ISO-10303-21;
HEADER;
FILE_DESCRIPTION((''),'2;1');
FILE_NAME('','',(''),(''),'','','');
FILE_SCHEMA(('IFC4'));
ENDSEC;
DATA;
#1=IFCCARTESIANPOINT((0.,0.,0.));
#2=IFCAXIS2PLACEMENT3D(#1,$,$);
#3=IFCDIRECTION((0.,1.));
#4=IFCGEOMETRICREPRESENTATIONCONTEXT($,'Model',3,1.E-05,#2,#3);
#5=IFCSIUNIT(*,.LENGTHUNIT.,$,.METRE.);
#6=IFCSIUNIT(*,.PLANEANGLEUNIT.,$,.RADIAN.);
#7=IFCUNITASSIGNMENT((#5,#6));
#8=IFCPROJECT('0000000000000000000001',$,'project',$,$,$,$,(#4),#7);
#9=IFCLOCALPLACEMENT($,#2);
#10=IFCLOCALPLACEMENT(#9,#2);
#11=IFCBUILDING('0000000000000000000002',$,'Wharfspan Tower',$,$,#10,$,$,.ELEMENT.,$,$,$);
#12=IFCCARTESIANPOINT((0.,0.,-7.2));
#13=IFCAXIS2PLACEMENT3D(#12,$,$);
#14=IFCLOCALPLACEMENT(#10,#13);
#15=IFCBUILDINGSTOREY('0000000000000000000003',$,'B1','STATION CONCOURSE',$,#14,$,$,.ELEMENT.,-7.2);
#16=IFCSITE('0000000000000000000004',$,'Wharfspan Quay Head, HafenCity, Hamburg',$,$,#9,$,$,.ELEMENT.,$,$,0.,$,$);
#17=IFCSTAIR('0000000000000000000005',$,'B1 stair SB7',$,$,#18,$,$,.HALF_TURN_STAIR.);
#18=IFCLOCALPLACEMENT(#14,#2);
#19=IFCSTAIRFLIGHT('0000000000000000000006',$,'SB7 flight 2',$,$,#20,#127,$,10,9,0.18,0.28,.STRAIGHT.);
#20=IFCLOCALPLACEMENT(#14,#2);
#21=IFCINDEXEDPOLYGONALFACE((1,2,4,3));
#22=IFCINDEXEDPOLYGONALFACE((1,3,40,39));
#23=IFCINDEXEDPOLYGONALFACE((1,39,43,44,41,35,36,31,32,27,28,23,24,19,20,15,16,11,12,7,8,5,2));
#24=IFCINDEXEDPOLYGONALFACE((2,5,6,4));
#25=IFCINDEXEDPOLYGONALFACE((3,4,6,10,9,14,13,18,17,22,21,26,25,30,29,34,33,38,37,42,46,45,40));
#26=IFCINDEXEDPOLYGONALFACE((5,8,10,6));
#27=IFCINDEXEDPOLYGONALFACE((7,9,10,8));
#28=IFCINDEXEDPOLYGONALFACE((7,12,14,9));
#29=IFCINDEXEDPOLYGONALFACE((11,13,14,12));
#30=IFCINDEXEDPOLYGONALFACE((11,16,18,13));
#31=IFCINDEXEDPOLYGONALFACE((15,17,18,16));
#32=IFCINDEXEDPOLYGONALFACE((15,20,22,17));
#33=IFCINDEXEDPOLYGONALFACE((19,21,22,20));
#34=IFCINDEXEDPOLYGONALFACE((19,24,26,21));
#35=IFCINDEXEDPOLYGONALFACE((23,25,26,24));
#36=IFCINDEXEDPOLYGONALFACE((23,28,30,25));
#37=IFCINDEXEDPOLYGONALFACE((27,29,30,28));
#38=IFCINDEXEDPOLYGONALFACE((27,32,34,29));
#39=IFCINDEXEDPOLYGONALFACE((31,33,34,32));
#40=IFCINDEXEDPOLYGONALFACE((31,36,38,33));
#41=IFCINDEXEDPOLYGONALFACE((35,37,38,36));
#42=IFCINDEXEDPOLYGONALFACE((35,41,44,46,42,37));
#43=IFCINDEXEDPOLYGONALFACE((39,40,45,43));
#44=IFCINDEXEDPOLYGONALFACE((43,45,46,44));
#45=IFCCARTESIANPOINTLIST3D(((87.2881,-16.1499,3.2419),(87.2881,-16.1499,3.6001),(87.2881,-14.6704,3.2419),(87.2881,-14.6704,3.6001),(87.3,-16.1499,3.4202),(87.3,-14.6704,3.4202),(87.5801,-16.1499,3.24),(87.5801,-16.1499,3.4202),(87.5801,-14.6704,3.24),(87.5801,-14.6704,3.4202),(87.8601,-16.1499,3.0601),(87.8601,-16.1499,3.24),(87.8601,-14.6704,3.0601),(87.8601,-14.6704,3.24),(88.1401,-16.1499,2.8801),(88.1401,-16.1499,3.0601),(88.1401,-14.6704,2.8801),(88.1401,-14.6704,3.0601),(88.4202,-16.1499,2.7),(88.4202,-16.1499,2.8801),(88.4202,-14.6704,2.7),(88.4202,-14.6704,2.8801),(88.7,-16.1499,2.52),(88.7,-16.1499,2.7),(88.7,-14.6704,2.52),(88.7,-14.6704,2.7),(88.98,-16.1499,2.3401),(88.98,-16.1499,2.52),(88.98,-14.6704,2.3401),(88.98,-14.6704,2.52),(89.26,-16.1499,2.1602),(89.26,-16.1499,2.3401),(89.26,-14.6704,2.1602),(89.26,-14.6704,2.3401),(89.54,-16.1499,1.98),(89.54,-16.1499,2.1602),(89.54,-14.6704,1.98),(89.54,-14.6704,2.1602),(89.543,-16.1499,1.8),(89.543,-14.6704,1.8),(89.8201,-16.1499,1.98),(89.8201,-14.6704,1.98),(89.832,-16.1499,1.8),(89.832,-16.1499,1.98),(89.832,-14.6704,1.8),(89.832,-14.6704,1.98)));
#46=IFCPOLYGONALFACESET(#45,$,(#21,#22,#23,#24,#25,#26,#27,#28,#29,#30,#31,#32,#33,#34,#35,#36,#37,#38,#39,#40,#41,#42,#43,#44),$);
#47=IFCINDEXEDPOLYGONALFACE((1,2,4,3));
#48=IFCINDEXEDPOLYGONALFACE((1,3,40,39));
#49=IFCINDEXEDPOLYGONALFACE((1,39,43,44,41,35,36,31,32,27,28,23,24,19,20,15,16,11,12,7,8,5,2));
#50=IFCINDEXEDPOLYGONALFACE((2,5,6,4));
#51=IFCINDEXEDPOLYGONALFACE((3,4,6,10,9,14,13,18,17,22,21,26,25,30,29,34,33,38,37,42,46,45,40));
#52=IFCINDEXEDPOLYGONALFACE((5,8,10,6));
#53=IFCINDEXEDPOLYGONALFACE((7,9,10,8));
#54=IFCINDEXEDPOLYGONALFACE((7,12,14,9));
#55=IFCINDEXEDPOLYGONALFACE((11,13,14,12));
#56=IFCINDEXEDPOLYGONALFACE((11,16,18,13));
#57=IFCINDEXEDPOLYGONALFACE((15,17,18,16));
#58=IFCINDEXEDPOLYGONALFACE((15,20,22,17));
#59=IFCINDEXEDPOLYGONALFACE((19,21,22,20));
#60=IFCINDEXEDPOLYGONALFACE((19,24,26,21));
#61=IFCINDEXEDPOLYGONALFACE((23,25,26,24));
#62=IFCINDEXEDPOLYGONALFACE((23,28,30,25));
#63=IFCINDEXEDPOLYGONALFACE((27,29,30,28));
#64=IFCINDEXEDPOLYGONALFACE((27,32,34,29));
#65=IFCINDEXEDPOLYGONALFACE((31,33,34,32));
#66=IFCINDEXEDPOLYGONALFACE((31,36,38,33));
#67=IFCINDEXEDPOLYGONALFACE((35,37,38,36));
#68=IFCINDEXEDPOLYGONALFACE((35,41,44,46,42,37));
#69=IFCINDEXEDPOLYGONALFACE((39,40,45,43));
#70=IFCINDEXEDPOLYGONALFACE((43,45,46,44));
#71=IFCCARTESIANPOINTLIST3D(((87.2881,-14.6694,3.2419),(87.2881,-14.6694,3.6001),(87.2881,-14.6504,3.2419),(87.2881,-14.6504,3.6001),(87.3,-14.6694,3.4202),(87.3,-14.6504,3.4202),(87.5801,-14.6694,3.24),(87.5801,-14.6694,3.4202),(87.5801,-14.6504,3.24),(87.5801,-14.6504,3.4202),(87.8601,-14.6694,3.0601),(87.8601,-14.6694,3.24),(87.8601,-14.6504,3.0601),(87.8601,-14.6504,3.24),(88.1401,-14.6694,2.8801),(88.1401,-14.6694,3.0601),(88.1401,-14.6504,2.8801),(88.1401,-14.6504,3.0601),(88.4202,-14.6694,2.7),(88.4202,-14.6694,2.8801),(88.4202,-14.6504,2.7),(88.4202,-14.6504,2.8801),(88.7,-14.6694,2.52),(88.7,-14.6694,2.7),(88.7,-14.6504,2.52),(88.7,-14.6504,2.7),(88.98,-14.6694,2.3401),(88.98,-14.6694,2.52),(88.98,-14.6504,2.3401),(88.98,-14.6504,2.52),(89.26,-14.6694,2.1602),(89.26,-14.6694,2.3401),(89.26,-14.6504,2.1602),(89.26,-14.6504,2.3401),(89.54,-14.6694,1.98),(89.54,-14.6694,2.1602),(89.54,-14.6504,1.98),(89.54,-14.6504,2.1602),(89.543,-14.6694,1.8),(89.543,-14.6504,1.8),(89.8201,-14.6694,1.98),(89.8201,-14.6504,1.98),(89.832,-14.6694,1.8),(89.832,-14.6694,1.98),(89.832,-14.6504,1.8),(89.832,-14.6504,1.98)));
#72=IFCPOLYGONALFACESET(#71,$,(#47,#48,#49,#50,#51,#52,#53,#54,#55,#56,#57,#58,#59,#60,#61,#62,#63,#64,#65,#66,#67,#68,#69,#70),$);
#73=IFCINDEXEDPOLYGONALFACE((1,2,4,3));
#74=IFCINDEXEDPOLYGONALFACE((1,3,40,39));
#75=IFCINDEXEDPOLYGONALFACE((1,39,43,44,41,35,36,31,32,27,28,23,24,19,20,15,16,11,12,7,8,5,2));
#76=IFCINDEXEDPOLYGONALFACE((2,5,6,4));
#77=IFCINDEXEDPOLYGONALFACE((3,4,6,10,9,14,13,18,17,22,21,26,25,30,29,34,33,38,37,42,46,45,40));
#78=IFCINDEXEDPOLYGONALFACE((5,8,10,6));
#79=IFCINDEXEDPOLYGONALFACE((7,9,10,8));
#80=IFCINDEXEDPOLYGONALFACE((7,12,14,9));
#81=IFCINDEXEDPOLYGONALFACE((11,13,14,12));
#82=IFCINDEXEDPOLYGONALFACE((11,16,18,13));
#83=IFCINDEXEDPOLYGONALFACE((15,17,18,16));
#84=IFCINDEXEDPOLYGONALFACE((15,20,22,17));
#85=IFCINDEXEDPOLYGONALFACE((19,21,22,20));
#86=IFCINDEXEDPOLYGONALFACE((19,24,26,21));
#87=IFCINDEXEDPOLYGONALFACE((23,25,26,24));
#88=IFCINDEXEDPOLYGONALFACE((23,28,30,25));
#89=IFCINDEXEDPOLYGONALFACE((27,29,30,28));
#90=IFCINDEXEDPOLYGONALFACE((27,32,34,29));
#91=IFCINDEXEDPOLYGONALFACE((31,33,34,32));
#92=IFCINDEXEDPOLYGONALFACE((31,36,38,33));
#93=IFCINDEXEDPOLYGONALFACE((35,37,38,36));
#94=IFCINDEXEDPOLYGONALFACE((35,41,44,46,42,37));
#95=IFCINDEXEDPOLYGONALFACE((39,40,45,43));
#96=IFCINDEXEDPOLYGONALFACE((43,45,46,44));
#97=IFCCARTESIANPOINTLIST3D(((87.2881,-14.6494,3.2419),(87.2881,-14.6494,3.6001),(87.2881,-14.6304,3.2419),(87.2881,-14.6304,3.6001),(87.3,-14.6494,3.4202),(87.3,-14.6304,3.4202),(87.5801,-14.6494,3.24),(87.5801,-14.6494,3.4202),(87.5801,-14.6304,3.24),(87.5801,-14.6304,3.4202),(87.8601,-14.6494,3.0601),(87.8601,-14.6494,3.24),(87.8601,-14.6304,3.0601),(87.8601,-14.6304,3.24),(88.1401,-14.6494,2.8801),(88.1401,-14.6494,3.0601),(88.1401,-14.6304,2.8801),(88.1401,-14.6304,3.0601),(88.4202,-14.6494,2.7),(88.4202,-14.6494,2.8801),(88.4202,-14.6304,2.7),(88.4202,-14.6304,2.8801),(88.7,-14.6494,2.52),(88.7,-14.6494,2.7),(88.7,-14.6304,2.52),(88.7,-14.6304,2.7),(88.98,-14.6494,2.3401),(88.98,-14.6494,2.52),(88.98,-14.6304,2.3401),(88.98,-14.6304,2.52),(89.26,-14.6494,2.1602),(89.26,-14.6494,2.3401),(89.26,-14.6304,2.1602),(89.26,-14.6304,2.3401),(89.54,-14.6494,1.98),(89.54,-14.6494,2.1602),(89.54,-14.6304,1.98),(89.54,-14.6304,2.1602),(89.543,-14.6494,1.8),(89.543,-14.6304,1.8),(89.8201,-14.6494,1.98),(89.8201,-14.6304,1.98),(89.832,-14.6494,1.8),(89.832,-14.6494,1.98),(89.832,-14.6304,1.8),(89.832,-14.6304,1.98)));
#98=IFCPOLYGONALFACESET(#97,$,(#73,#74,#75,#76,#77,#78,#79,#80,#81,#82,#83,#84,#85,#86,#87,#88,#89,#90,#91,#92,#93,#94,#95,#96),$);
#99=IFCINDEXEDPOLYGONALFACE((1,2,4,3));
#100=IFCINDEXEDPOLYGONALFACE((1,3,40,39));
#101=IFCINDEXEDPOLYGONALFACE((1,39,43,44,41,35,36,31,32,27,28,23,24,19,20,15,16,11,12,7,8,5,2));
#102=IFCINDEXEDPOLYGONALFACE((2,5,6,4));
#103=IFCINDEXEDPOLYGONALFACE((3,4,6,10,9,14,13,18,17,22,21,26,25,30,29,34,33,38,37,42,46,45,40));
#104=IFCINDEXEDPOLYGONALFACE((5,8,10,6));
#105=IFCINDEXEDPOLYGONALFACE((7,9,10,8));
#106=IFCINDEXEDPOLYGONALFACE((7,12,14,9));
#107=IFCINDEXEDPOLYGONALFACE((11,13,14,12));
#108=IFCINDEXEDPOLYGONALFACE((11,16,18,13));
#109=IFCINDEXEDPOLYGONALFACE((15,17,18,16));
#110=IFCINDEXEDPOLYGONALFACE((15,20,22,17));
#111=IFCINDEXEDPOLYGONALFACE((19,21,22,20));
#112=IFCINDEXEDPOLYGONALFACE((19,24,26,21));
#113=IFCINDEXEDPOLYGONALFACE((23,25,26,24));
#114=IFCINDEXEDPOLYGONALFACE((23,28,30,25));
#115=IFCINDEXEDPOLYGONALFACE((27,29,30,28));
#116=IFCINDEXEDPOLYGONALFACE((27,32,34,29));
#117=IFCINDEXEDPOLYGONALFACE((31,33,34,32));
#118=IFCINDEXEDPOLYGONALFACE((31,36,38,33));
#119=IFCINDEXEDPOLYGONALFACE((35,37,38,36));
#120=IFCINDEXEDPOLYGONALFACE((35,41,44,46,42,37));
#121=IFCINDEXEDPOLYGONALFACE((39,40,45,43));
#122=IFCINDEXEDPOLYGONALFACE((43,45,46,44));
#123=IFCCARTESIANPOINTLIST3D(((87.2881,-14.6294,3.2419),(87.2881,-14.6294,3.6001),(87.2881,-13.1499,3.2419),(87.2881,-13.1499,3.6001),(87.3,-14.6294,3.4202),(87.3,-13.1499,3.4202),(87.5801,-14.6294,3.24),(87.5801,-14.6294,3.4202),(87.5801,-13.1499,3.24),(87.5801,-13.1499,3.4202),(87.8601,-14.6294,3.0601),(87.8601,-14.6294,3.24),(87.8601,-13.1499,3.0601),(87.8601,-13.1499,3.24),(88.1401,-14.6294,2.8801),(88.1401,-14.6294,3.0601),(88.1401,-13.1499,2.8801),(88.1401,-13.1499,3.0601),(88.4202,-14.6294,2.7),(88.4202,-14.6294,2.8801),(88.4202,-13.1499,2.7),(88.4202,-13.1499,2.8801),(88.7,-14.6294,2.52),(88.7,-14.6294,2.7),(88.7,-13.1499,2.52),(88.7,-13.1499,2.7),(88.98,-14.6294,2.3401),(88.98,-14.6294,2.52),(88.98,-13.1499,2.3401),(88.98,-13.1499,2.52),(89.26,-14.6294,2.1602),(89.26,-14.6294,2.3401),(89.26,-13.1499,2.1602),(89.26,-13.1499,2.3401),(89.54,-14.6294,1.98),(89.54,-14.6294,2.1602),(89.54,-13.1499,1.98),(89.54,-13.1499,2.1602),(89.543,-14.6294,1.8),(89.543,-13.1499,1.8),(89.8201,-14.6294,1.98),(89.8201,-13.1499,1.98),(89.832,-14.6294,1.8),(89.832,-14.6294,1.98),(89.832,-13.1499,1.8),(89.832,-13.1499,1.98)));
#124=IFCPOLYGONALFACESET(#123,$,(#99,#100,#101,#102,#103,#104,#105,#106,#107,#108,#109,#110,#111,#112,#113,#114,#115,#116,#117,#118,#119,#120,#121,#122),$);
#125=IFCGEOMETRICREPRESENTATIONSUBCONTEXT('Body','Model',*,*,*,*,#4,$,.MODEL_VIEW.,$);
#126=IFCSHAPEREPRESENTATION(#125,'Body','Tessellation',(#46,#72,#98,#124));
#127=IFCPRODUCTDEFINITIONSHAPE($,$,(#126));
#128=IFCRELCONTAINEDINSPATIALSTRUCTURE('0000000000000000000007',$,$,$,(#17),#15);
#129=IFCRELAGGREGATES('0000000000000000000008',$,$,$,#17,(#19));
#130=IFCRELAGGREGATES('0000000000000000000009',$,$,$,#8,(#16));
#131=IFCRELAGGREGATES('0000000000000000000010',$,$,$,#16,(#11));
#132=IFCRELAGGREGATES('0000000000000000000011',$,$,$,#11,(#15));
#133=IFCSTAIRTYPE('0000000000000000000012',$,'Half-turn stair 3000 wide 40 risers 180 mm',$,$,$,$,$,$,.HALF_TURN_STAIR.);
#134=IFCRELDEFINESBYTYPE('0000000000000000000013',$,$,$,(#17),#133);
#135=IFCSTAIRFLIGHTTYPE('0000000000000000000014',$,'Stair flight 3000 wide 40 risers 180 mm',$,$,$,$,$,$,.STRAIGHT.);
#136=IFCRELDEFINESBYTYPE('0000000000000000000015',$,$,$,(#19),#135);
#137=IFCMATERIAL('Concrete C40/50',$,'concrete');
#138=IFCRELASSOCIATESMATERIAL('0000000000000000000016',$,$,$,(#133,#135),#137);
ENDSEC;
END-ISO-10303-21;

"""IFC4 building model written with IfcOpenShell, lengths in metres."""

from ifc_helpers import new_model, si_unit, direction, frame, origin, place, context, subcontext, project, spatial, polyline, outline, extrude, material, type_object, element, aggregate, save


model = new_model("IFC4")

# Units and contexts
model_context = context("Model", 3, precision=1e-05, world=origin(), true_north=direction((0.0, 1.0)))
body_context = subcontext(model_context, "Body", "Model", "MODEL_VIEW")
ifc_project = project(units=[si_unit("LENGTHUNIT", "METRE"), si_unit("PLANEANGLEUNIT", "RADIAN")], contexts=[model_context])

# Site, building, storey
site_placement = place(None, origin())
site = spatial("IfcSite", under=ifc_project, at=site_placement, Name="Wharfspan Quay Head, HafenCity, Hamburg", CompositionType="ELEMENT", RefElevation=0.0)
building_placement = place(site_placement, origin())
building = spatial("IfcBuilding", under=site, at=building_placement, Name="Wharfspan Tower", CompositionType="ELEMENT")
storey_placement = place(building_placement, frame((0.0, 0.0, -7.2)))
storey = spatial("IfcBuildingStorey", under=building, at=storey_placement, Name="B1", Description="STATION CONCOURSE", CompositionType="ELEMENT", Elevation=-7.2)

# Shared definitions
ifc_material_1 = material(Name="Concrete C40/50", Category="concrete")

# Stair, stair flight
stair_type = type_object("IfcStairType", Name="Half-turn stair 3000 wide 40 risers 180 mm", PredefinedType="HALF_TURN_STAIR", material=ifc_material_1)
stair_placement = place(storey_placement, origin())
stair = element("IfcStair", 1, at=stair_placement, inside=storey, type_object=stair_type, Name="B1 stair SB7", PredefinedType="HALF_TURN_STAIR")
stair_flight_type = type_object("IfcStairFlightType", Name="Stair flight 3000 wide 40 risers 180 mm", PredefinedType="STRAIGHT", material=ifc_material_1)
stair_flight_1_placement = place(storey_placement, frame((89.8201, -14.6499, 1.8), z_axis=(0.0, 0.0, 1.0), x_axis=(-1.0, 0.0, 0.0)))
stair_flight_1 = element("IfcStairFlight", 2, at=stair_flight_1_placement, type_object=stair_flight_type, Name="SB7 flight 2", NumberOfRisers=10, NumberOfTreads=9, PredefinedType="STRAIGHT", RiserHeight=0.18, TreadLength=0.28, context=body_context, shape_type="SweptSolid", body=[
    extrude(outline(polyline([(-0.012, 0.0), (-0.012, 0.1799), (0.0, 0.1799), (0.28, 0.1799), (0.28, 0.3601), (0.5601, 0.3601), (0.5601, 0.54), (0.8401, 0.54), (0.8401, 0.72), (1.1201, 0.72), (1.1201, 0.8999), (1.3999, 0.8999), (1.3999, 1.0801), (1.6799, 1.0801), (1.6799, 1.26), (1.96, 1.26), (1.96, 1.4399), (2.24, 1.4399), (2.24, 1.6201), (2.52, 1.6201), (2.532, 1.8), (2.532, 1.4419), (0.2771, 0.0), (-0.012, 0.0)])), frame((0.0, 1.5, 0.0), z_axis=(0.0, -1.0, 0.0), x_axis=(1.0, 0.0, 0.0)), (0.0, 0.0, 1.0), 1.4795),
    extrude(outline(polyline([(-0.012, 0.0), (-0.012, 0.1799), (0.0, 0.1799), (0.28, 0.1799), (0.28, 0.3601), (0.5601, 0.3601), (0.5601, 0.54), (0.8401, 0.54), (0.8401, 0.72), (1.1201, 0.72), (1.1201, 0.8999), (1.3999, 0.8999), (1.3999, 1.0801), (1.6799, 1.0801), (1.6799, 1.26), (1.96, 1.26), (1.96, 1.4399), (2.24, 1.4399), (2.24, 1.6201), (2.52, 1.6201), (2.532, 1.8), (2.532, 1.4419), (0.2771, 0.0), (-0.012, 0.0)])), frame((0.0, 0.0195, 0.0), z_axis=(0.0, -1.0, 0.0), x_axis=(1.0, 0.0, 0.0)), (0.0, 0.0, 1.0), 0.019),
    extrude(outline(polyline([(-0.012, 0.0), (-0.012, 0.1799), (0.0, 0.1799), (0.28, 0.1799), (0.28, 0.3601), (0.5601, 0.3601), (0.5601, 0.54), (0.8401, 0.54), (0.8401, 0.72), (1.1201, 0.72), (1.1201, 0.8999), (1.3999, 0.8999), (1.3999, 1.0801), (1.6799, 1.0801), (1.6799, 1.26), (1.96, 1.26), (1.96, 1.4399), (2.24, 1.4399), (2.24, 1.6201), (2.52, 1.6201), (2.532, 1.8), (2.532, 1.4419), (0.2771, 0.0), (-0.012, 0.0)])), frame((0.0, -0.0005, 0.0), z_axis=(0.0, -1.0, 0.0), x_axis=(1.0, 0.0, 0.0)), (0.0, 0.0, 1.0), 0.019),
    extrude(outline(polyline([(-0.012, 0.0), (-0.012, 0.1799), (0.0, 0.1799), (0.28, 0.1799), (0.28, 0.3601), (0.5601, 0.3601), (0.5601, 0.54), (0.8401, 0.54), (0.8401, 0.72), (1.1201, 0.72), (1.1201, 0.8999), (1.3999, 0.8999), (1.3999, 1.0801), (1.6799, 1.0801), (1.6799, 1.26), (1.96, 1.26), (1.96, 1.4399), (2.24, 1.4399), (2.24, 1.6201), (2.52, 1.6201), (2.532, 1.8), (2.532, 1.4419), (0.2771, 0.0), (-0.012, 0.0)])), frame((0.0, -0.0205, 0.0), z_axis=(0.0, -1.0, 0.0), x_axis=(1.0, 0.0, 0.0)), (0.0, 0.0, 1.0), 1.4795),
])
aggregate(stair, [stair_flight_1])

save(model, "model.ifc")
